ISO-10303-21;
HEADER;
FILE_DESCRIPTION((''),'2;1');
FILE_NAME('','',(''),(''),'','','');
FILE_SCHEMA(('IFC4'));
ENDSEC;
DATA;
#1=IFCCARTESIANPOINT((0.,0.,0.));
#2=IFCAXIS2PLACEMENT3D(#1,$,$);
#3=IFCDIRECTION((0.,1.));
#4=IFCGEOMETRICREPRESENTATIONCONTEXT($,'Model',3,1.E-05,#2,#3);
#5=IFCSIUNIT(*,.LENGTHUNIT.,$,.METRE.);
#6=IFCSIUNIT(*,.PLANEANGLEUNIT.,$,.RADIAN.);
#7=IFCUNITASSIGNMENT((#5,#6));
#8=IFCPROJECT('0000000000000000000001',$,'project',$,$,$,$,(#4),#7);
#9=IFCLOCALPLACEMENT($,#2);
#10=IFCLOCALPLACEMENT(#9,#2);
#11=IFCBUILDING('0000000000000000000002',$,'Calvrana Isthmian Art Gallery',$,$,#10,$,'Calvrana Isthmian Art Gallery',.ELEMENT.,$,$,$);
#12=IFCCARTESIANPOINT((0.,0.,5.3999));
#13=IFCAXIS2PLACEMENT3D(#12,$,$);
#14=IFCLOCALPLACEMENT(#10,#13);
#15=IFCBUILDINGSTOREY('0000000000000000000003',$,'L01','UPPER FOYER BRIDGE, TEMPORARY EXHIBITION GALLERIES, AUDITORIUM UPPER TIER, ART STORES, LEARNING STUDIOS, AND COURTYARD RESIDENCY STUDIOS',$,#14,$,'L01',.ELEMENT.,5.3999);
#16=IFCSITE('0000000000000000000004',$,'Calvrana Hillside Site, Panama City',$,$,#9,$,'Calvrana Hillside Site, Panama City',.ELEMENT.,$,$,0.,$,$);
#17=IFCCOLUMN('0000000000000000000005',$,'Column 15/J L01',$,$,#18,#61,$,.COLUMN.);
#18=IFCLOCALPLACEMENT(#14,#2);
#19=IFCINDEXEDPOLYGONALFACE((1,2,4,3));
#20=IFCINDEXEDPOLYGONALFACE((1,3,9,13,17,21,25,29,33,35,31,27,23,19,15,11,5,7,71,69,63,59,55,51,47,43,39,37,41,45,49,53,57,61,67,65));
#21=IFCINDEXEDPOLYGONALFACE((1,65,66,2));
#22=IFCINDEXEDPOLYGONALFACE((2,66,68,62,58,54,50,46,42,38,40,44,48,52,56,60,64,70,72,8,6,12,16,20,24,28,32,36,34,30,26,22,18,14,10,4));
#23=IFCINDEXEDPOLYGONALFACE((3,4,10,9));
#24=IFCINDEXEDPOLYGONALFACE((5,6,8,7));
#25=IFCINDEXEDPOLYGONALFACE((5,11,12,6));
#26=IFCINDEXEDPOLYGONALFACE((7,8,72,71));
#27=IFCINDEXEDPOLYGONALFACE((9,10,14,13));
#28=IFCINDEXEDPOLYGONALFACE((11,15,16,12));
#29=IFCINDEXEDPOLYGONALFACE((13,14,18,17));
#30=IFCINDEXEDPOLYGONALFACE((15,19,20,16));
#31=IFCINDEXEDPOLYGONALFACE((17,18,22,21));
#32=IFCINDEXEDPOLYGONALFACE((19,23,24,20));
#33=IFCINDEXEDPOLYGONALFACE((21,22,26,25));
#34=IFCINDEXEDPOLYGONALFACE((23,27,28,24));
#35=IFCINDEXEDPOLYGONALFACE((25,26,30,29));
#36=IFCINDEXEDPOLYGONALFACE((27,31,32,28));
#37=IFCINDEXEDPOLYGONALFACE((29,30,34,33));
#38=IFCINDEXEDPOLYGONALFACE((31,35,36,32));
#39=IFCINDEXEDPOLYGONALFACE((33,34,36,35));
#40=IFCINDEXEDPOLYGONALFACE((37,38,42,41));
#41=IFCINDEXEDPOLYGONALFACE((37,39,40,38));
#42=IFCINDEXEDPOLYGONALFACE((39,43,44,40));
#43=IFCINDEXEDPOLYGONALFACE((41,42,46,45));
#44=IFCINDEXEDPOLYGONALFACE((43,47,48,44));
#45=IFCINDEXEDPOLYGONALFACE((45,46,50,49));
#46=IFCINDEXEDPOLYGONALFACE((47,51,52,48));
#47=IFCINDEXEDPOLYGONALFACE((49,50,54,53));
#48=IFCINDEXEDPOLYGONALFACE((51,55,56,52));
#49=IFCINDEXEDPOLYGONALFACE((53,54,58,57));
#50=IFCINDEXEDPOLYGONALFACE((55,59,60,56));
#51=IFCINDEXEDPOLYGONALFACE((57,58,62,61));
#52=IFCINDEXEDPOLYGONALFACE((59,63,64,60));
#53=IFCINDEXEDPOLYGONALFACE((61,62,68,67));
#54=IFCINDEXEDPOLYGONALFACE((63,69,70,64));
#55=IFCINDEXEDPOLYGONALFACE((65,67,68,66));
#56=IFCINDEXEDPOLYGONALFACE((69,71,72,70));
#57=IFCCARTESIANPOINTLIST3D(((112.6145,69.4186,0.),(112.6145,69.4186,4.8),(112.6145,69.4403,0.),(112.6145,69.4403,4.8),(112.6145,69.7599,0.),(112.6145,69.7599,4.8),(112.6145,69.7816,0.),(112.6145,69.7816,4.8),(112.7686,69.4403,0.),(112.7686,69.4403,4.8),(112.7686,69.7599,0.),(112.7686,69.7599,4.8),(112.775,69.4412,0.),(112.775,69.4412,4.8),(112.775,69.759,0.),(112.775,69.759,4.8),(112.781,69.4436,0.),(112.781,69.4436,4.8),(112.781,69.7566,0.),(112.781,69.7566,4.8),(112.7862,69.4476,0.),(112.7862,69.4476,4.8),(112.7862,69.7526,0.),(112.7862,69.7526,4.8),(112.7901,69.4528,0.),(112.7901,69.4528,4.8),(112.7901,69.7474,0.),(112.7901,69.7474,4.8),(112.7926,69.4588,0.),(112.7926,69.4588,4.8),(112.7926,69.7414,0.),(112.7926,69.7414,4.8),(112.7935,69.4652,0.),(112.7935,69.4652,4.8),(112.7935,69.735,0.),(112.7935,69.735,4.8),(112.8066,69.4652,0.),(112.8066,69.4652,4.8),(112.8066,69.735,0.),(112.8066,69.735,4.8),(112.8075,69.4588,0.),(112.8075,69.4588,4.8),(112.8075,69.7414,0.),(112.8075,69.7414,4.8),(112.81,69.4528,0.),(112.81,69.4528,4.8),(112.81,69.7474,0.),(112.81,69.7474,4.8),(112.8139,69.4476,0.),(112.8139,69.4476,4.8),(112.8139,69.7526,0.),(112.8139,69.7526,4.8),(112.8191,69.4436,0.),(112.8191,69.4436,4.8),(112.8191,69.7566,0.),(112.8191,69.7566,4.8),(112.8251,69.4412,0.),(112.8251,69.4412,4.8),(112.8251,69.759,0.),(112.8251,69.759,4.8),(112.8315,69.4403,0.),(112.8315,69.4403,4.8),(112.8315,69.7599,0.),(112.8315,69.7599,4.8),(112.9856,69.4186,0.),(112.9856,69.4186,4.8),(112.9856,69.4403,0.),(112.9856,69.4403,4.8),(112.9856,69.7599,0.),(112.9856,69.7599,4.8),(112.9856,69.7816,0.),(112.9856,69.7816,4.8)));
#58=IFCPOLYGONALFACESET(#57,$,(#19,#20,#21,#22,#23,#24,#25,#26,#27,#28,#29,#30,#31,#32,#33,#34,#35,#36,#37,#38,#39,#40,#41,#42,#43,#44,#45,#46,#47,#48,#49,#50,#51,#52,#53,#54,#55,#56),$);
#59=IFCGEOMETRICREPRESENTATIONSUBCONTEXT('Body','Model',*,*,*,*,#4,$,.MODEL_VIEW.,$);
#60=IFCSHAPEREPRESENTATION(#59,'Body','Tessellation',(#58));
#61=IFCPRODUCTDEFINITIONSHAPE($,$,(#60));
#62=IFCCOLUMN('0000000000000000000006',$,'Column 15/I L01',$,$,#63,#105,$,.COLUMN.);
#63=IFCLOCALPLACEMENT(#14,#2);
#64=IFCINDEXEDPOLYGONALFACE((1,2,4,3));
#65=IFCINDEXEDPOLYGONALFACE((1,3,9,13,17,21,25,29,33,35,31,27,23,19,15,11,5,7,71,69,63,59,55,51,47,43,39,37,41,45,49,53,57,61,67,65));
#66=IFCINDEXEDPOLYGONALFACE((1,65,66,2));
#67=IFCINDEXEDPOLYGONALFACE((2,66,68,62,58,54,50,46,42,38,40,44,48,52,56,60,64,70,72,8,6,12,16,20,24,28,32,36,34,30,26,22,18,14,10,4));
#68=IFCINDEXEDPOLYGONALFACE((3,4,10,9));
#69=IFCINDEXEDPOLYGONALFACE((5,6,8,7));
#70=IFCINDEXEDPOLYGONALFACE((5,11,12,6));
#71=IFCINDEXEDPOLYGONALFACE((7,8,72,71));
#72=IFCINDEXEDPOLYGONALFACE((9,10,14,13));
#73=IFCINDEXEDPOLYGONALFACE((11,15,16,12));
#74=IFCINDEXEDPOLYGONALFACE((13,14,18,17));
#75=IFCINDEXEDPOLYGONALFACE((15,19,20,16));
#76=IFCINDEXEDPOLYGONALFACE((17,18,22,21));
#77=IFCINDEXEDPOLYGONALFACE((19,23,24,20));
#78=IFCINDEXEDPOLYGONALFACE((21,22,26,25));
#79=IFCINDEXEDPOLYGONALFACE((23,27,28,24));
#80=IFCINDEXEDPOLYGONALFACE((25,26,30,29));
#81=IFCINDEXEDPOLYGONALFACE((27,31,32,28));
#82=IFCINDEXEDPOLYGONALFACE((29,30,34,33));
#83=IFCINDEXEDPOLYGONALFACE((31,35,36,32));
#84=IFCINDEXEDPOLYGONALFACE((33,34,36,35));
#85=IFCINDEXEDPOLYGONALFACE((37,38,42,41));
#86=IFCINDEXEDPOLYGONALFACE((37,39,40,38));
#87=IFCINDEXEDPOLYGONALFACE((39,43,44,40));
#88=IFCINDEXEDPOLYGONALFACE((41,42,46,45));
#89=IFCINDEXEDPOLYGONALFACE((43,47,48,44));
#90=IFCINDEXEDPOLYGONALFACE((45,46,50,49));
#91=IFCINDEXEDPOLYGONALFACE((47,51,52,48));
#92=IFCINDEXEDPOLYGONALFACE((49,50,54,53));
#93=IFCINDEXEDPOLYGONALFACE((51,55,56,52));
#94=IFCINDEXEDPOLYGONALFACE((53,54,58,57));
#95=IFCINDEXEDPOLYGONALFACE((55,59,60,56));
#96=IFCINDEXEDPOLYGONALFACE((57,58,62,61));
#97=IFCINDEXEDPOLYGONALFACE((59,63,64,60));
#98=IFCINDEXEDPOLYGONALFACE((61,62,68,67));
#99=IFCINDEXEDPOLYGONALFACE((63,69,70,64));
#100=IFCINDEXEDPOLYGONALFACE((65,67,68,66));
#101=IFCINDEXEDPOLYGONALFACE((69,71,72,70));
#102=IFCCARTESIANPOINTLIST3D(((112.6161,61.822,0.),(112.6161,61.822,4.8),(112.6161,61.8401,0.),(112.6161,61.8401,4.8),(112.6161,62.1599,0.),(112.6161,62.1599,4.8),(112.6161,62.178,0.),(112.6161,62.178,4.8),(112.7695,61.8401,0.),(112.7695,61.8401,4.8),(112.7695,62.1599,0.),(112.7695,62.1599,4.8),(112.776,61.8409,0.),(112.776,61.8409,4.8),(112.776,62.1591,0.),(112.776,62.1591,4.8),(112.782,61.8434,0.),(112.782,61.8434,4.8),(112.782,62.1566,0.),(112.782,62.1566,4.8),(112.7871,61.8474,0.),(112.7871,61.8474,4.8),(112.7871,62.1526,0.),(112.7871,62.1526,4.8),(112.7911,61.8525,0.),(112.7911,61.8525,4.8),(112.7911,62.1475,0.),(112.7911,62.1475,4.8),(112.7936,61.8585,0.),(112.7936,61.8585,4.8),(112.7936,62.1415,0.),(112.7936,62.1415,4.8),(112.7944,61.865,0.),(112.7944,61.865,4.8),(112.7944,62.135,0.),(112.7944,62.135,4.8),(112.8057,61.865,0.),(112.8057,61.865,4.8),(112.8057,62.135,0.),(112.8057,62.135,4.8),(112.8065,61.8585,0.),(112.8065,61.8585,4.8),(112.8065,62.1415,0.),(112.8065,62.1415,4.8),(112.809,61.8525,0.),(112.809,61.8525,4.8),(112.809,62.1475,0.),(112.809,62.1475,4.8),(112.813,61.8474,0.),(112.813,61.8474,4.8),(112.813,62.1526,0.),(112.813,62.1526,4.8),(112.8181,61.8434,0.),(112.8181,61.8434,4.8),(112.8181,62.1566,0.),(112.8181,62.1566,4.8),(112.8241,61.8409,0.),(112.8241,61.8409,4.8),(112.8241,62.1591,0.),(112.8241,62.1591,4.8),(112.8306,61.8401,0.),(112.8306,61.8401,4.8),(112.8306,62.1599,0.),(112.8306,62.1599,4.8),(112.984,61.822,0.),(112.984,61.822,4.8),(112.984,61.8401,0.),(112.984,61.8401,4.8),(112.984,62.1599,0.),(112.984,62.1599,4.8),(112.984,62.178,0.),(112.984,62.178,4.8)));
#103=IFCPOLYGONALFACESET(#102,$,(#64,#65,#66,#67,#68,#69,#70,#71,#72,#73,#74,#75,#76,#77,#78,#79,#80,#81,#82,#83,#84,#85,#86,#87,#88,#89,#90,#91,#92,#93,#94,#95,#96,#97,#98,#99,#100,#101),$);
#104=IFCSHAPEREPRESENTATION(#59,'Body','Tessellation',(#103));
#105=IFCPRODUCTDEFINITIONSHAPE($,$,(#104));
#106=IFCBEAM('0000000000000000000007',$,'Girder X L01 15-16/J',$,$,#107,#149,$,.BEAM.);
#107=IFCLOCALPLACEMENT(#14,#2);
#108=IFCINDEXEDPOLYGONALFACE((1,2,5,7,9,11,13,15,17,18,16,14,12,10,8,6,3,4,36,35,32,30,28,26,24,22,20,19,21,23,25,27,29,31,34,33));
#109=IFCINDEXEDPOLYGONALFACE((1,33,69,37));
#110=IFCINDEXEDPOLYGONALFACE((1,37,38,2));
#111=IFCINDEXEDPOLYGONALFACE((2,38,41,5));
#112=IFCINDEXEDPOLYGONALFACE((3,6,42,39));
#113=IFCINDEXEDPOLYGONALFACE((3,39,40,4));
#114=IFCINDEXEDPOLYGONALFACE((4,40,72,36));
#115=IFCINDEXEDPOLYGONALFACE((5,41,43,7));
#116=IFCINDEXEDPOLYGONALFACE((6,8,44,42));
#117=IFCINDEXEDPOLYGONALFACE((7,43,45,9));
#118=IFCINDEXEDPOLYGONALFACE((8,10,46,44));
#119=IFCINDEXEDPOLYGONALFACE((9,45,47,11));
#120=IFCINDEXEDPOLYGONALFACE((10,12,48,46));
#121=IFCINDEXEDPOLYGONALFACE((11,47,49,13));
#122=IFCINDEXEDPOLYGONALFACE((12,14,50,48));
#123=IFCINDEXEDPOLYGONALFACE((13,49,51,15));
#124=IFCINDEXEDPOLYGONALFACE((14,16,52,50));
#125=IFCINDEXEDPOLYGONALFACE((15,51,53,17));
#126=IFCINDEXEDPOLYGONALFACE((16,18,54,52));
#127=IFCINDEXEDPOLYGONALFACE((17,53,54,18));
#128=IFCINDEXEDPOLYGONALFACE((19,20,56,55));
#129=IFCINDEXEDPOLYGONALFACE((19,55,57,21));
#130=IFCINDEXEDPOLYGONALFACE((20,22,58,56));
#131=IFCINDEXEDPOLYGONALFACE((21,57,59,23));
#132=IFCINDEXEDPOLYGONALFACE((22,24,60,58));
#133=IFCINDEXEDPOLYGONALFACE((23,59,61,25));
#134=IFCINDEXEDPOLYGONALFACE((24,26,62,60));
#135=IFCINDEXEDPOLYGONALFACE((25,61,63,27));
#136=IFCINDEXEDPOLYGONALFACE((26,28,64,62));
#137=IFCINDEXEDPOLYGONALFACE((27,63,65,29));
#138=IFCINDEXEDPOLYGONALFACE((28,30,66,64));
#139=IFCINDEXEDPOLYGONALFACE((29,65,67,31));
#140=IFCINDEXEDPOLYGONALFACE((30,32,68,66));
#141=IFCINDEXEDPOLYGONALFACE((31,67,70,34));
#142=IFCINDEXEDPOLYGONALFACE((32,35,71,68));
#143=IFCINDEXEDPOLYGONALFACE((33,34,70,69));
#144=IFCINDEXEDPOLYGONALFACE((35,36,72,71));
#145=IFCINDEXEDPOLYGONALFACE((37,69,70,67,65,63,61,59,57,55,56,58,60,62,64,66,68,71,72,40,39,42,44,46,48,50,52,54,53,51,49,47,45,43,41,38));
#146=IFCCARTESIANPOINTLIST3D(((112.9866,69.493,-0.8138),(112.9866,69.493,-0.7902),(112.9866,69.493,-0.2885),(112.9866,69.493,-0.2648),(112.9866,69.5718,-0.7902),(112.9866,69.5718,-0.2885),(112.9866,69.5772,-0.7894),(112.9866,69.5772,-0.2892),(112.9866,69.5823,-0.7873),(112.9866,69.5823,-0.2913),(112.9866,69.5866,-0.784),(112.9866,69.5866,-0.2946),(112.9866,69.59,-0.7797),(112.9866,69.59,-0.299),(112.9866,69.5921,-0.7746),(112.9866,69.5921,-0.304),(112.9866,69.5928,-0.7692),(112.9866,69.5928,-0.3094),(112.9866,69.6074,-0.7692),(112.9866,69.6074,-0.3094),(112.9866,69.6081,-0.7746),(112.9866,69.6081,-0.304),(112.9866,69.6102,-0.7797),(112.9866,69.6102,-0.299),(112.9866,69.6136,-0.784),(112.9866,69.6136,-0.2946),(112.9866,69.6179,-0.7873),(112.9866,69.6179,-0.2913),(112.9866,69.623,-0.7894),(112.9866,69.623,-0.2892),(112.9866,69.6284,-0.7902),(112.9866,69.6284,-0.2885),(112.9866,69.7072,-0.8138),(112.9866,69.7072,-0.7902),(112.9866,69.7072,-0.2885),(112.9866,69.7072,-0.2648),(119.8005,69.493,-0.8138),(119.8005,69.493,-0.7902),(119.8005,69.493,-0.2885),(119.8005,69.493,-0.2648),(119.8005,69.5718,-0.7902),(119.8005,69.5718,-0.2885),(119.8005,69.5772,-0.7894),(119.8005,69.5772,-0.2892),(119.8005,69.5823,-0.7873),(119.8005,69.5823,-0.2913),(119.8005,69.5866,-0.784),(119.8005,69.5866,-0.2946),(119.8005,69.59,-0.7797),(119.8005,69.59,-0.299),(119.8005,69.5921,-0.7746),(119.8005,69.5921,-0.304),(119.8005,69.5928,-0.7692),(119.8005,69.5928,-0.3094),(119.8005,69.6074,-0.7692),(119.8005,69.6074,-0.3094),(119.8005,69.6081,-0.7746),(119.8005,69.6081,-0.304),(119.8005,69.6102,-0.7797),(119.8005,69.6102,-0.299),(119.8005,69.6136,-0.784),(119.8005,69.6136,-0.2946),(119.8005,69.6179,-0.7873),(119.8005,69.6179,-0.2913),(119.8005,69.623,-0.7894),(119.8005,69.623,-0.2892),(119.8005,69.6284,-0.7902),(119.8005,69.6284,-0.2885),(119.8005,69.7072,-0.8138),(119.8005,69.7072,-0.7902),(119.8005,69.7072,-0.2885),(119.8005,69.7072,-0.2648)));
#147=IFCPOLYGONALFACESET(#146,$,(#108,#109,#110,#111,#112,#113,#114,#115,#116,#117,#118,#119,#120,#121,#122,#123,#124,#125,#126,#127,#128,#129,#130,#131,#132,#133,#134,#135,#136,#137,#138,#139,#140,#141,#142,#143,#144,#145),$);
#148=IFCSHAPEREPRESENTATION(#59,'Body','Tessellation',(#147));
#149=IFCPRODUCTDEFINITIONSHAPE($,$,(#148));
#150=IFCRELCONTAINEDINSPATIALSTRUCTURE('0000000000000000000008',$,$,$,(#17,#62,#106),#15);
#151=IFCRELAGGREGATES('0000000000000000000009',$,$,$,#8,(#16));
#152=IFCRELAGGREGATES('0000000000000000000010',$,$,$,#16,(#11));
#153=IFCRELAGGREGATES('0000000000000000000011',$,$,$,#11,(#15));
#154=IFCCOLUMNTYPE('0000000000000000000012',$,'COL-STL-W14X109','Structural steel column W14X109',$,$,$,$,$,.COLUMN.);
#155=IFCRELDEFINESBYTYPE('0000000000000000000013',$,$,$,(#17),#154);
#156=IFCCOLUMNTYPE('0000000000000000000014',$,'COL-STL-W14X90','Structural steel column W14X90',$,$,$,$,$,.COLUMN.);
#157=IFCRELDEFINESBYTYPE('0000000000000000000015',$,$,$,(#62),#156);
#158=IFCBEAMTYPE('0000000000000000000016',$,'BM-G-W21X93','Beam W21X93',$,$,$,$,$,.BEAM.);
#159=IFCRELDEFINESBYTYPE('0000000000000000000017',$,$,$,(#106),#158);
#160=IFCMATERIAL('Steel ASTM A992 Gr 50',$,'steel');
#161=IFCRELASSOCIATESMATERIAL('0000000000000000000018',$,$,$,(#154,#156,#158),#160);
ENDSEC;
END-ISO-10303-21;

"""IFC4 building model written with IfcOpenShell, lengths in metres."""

from ifc_helpers import new_model, si_unit, direction, frame, origin, origin_2d, place, context, subcontext, project, spatial, i_section, extrude, material, material_profile, profile_set, type_object, element, save


model = new_model("IFC4")

# Units and contexts
model_context = context("Model", 3, precision=1e-05, world=origin(), true_north=direction((0.0, 1.0)))
body_context = subcontext(model_context, "Body", "Model", "MODEL_VIEW")
ifc_project = project(units=[si_unit("LENGTHUNIT", "METRE"), si_unit("PLANEANGLEUNIT", "RADIAN")], contexts=[model_context])

# Site, building, storey
site_placement = place(None, origin())
site = spatial("IfcSite", under=ifc_project, at=site_placement, Name="Calvrana Hillside Site, Panama City", LongName="Calvrana Hillside Site, Panama City", CompositionType="ELEMENT", RefElevation=0.0)
building_placement = place(site_placement, origin())
building = spatial("IfcBuilding", under=site, at=building_placement, Name="Calvrana Isthmian Art Gallery", LongName="Calvrana Isthmian Art Gallery", CompositionType="ELEMENT")
storey_placement = place(building_placement, frame((0.0, 0.0, 5.3999)))
storey = spatial("IfcBuildingStorey", under=building, at=storey_placement, Name="L01", Description="UPPER FOYER BRIDGE, TEMPORARY EXHIBITION GALLERIES, AUDITORIUM UPPER TIER, ART STORES, LEARNING STUDIOS, AND COURTYARD RESIDENCY STUDIOS", LongName="L01", CompositionType="ELEMENT", Elevation=5.3999)

# Columns
ifc_material_1 = material(Name="Steel ASTM A992 Gr 50", Category="steel")
ifc_material_profile_1 = material_profile(ifc_material_1, i_section(OverallWidth=0.3711, OverallDepth=0.363, WebThickness=0.0132, FlangeThickness=0.0217, FilletRadius=0.0249, at=origin_2d()), Name="W14X109")
ifc_profile_set_1 = profile_set([ifc_material_profile_1], Name="Steel ASTM A992 Gr 50")
column_type_1 = type_object("IfcColumnType", Name="COL-STL-W14X109", Description="Structural steel column W14X109", PredefinedType="COLUMN", material=ifc_profile_set_1)
column_1_placement = place(storey_placement, frame((112.8, 69.6001, 0.0), z_axis=(0.0, 0.0, 1.0), x_axis=(1.0, 0.0, 0.0)))
element("IfcColumn", 1, at=column_1_placement, inside=storey, type_object=column_type_1, Name="Column 15/J L01", PredefinedType="COLUMN", context=body_context, shape_type="SweptSolid", body=[
    extrude(i_section(OverallWidth=0.3711, OverallDepth=0.363, WebThickness=0.0132, FlangeThickness=0.0217, FilletRadius=0.0249, at=origin_2d()), origin(), (0.0, 0.0, 1.0), 4.8),
])
ifc_material_profile_2 = material_profile(ifc_material_1, i_section(OverallWidth=0.3679, OverallDepth=0.356, WebThickness=0.0112, FlangeThickness=0.0181, FilletRadius=0.0249, at=origin_2d()), Name="W14X90")
ifc_profile_set_2 = profile_set([ifc_material_profile_2], Name="Steel ASTM A992 Gr 50")
column_type_2 = type_object("IfcColumnType", Name="COL-STL-W14X90", Description="Structural steel column W14X90", PredefinedType="COLUMN", material=ifc_profile_set_2)
column_2_placement = place(storey_placement, frame((112.8, 62.0, 0.0), z_axis=(0.0, 0.0, 1.0), x_axis=(1.0, 0.0, 0.0)))
element("IfcColumn", 2, at=column_2_placement, inside=storey, type_object=column_type_2, Name="Column 15/I L01", PredefinedType="COLUMN", context=body_context, shape_type="SweptSolid", body=[
    extrude(i_section(OverallWidth=0.3679, OverallDepth=0.356, WebThickness=0.0112, FlangeThickness=0.0181, FilletRadius=0.0249, at=origin_2d()), origin(), (0.0, 0.0, 1.0), 4.8),
])

# Beam
ifc_material_profile_3 = material_profile(ifc_material_1, i_section(OverallWidth=0.2141, OverallDepth=0.5491, WebThickness=0.0146, FlangeThickness=0.0237, FilletRadius=0.021, at=origin_2d()), Name="W21X93")
ifc_profile_set_3 = profile_set([ifc_material_profile_3], Name="Steel ASTM A992 Gr 50")
beam_type_1 = type_object("IfcBeamType", Name="BM-G-W21X93", Description="Beam W21X93", PredefinedType="BEAM", material=ifc_profile_set_3)
beam_1_placement = place(storey_placement, frame((112.9866, 69.6001, -0.5393), z_axis=(1.0, 0.0, 0.0), x_axis=(0.0, 1.0, 0.0)))
element("IfcBeam", 3, at=beam_1_placement, inside=storey, type_object=beam_type_1, Name="Girder X L01 15-16/J", PredefinedType="BEAM", context=body_context, shape_type="SweptSolid", body=[
    extrude(i_section(OverallWidth=0.2141, OverallDepth=0.5491, WebThickness=0.0146, FlangeThickness=0.0237, FilletRadius=0.021, at=origin_2d()), origin(), (0.0, 0.0, 1.0), 6.814),
])

save(model, "model.ifc")
